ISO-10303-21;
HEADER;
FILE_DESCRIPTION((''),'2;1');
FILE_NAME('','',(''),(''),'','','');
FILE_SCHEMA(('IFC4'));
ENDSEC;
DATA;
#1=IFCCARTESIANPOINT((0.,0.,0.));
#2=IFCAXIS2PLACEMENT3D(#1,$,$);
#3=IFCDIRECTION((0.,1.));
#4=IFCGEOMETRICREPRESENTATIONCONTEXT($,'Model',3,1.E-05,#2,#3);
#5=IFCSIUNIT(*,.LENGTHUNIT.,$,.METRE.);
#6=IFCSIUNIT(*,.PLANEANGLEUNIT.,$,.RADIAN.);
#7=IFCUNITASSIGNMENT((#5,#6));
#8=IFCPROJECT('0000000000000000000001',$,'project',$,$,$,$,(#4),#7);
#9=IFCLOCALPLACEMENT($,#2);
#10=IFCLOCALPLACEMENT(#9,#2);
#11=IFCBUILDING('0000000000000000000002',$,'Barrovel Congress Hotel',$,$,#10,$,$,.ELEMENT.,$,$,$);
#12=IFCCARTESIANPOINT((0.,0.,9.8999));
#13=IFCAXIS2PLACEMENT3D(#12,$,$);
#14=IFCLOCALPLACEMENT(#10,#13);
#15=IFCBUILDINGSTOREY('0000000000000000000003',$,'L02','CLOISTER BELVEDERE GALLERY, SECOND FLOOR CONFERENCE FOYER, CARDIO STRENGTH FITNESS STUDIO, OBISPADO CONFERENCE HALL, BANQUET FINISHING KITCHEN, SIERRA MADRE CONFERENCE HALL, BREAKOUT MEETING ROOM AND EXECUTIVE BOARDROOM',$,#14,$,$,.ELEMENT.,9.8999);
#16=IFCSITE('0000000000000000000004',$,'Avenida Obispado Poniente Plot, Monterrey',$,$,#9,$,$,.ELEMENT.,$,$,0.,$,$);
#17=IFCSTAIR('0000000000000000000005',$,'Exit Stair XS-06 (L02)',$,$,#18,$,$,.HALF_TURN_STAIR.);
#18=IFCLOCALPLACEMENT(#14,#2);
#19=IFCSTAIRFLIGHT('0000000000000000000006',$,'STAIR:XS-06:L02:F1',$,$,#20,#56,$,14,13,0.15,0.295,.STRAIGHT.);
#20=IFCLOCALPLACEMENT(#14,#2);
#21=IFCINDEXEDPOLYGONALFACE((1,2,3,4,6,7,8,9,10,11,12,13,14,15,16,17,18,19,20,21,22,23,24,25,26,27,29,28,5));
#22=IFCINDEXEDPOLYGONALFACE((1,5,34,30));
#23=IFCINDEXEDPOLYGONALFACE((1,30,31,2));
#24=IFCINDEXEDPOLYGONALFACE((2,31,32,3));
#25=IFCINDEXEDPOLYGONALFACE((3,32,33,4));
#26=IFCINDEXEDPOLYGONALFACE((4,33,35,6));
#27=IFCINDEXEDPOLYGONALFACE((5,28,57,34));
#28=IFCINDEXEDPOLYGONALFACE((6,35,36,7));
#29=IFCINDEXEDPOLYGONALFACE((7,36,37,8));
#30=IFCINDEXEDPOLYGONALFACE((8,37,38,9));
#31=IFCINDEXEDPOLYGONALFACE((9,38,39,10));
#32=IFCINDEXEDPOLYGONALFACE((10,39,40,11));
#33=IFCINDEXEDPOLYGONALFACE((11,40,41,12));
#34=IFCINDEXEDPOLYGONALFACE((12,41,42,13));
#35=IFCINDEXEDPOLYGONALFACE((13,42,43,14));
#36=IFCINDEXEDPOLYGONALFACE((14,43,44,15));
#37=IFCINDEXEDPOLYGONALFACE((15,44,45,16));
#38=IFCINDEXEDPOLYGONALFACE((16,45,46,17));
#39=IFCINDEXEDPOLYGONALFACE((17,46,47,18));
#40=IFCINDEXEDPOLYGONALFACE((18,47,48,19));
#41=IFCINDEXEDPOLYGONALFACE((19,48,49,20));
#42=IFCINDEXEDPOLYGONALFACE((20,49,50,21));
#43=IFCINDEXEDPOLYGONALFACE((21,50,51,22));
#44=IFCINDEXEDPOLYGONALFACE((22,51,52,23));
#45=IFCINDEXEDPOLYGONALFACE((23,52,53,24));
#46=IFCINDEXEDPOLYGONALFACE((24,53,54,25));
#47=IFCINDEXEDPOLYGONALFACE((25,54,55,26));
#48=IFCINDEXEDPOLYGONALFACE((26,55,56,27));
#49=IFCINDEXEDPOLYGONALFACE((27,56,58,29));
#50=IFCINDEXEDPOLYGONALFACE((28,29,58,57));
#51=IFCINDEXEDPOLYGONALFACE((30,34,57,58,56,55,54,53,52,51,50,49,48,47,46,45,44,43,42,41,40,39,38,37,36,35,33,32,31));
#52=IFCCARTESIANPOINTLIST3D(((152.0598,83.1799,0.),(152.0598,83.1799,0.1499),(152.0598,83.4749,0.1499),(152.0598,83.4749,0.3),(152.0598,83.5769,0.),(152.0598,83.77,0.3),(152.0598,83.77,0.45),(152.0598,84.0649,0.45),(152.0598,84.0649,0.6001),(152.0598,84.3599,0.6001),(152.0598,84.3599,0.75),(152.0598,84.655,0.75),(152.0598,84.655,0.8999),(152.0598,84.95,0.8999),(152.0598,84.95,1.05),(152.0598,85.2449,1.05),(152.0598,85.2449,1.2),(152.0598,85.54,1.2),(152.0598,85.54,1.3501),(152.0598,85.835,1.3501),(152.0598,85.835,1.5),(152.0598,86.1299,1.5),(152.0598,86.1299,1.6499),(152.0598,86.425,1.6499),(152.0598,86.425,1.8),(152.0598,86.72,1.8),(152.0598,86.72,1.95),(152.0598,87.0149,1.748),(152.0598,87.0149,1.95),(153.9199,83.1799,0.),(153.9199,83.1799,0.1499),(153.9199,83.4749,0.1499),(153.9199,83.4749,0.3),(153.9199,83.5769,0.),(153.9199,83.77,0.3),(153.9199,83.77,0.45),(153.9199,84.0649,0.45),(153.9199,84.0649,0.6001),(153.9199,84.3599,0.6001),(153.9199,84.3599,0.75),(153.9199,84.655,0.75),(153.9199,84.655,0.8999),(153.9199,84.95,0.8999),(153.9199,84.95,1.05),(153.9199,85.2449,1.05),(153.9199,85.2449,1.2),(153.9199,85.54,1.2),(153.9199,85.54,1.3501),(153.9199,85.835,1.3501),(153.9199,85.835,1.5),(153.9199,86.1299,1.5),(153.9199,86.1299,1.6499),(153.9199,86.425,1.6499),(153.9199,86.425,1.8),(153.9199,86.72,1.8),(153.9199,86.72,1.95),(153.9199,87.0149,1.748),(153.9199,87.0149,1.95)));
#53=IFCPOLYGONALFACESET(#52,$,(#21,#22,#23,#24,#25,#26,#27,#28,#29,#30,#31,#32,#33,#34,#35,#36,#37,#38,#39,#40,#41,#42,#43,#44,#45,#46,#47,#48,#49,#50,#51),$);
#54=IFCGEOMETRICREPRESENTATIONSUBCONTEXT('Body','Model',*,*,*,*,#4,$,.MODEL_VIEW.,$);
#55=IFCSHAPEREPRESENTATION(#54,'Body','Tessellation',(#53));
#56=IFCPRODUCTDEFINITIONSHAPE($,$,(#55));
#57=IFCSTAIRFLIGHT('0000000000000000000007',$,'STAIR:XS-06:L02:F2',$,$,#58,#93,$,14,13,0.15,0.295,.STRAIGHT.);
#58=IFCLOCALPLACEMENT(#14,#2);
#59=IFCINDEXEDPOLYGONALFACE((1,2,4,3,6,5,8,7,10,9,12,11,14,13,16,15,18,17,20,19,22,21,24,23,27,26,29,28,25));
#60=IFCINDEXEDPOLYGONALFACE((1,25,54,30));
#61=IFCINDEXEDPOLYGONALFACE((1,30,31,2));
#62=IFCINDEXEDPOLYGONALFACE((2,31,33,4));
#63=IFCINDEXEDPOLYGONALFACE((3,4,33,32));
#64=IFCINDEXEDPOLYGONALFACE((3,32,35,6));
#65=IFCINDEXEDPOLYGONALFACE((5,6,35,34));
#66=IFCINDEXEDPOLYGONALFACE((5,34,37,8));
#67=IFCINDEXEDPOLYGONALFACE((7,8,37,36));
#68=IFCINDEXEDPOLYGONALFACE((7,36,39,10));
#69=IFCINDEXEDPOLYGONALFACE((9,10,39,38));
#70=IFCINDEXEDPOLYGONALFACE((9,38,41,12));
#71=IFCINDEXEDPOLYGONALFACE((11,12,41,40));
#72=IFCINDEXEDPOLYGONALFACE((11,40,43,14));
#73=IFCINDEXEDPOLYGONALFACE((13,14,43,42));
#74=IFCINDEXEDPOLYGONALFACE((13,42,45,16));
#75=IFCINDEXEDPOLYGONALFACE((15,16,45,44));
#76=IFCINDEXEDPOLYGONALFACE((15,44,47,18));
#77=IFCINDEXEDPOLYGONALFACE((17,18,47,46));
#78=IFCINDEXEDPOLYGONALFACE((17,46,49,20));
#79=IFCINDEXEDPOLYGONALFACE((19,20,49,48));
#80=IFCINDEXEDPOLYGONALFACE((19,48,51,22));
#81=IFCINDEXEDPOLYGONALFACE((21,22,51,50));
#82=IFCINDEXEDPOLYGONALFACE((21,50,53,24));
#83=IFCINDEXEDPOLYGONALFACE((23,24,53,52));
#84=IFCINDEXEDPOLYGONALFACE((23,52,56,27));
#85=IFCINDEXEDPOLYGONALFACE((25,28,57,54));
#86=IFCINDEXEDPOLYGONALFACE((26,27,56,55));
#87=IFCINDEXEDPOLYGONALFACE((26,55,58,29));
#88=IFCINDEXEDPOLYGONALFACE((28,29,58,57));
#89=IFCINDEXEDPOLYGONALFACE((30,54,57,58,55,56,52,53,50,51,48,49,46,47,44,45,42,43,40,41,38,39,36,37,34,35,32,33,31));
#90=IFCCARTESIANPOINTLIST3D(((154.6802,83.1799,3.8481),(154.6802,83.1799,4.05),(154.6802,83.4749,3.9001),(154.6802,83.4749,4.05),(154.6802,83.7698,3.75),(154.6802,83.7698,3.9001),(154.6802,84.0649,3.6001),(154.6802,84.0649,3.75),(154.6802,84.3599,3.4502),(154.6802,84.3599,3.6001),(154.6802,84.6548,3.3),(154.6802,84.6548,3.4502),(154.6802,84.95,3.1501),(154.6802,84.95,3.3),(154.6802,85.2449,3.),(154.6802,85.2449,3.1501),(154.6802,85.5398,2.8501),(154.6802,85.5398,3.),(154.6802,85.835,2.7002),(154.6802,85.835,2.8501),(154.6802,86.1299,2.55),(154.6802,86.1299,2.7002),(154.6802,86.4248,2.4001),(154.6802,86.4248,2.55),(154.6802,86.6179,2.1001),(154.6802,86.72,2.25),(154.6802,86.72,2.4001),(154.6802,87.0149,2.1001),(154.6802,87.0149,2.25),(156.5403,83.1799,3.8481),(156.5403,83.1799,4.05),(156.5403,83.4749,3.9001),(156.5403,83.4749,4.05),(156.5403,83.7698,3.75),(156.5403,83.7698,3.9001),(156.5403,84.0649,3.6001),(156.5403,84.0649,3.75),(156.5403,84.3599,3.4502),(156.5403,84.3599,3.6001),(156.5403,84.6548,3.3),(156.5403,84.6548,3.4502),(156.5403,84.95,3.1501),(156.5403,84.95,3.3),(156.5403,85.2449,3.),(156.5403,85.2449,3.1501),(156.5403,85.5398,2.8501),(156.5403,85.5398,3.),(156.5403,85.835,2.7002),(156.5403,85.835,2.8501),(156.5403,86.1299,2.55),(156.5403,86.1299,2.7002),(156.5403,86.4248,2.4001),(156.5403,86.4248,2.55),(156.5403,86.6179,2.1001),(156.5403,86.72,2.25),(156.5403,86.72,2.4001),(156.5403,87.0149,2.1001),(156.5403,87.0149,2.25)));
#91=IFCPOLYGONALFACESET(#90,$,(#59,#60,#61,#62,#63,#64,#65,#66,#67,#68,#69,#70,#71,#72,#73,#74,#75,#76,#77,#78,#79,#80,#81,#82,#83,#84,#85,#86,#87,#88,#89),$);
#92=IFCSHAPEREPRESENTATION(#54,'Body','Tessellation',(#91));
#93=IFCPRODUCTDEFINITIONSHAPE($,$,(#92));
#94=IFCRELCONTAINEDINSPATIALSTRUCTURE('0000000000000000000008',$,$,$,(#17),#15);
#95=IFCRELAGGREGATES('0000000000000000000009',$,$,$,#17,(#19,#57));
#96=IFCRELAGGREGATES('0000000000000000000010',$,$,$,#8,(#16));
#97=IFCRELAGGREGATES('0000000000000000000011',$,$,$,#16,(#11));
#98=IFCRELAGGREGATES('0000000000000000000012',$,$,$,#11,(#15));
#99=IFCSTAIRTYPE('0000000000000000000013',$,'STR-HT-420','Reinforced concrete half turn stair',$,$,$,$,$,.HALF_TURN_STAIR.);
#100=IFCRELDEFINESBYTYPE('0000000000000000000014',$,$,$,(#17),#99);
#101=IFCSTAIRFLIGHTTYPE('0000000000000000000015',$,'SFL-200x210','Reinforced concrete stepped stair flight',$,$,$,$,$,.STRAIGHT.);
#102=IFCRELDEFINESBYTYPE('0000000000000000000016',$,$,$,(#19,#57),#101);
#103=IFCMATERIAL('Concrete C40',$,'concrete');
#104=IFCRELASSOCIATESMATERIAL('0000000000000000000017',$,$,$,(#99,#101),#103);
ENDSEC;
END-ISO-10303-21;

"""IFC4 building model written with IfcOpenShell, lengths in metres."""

from ifc_helpers import new_model, si_unit, direction, frame, origin, place, context, subcontext, project, spatial, polyline, outline, extrude, material, type_object, element, aggregate, save


model = new_model("IFC4")

# Units and contexts
model_context = context("Model", 3, precision=1e-05, world=origin(), true_north=direction((0.0, 1.0)))
body_context = subcontext(model_context, "Body", "Model", "MODEL_VIEW")
ifc_project = project(units=[si_unit("LENGTHUNIT", "METRE"), si_unit("PLANEANGLEUNIT", "RADIAN")], contexts=[model_context])

# Site, building, storey
site_placement = place(None, origin())
site = spatial("IfcSite", under=ifc_project, at=site_placement, Name="Avenida Obispado Poniente Plot, Monterrey", CompositionType="ELEMENT", RefElevation=0.0)
building_placement = place(site_placement, origin())
building = spatial("IfcBuilding", under=site, at=building_placement, Name="Barrovel Congress Hotel", CompositionType="ELEMENT")
storey_placement = place(building_placement, frame((0.0, 0.0, 9.8999)))
storey = spatial("IfcBuildingStorey", under=building, at=storey_placement, Name="L02", Description="CLOISTER BELVEDERE GALLERY, SECOND FLOOR CONFERENCE FOYER, CARDIO STRENGTH FITNESS STUDIO, OBISPADO CONFERENCE HALL, BANQUET FINISHING KITCHEN, SIERRA MADRE CONFERENCE HALL, BREAKOUT MEETING ROOM AND EXECUTIVE BOARDROOM", CompositionType="ELEMENT", Elevation=9.8999)

# Shared definitions
ifc_material_1 = material(Name="Concrete C40", Category="concrete")

# Stair, stair flights
stair_type = type_object("IfcStairType", Name="STR-HT-420", Description="Reinforced concrete half turn stair", PredefinedType="HALF_TURN_STAIR", material=ifc_material_1)
stair_placement = place(storey_placement, origin())
stair = element("IfcStair", 1, at=stair_placement, inside=storey, type_object=stair_type, Name="Exit Stair XS-06 (L02)", PredefinedType="HALF_TURN_STAIR")
stair_flight_type = type_object("IfcStairFlightType", Name="SFL-200x210", Description="Reinforced concrete stepped stair flight", PredefinedType="STRAIGHT", material=ifc_material_1)
stair_flight_1_placement = place(storey_placement, frame((152.99, 83.1799, 0.0), z_axis=(0.0, 0.0, 1.0), x_axis=(0.0, 1.0, 0.0)))
stair_flight_1 = element("IfcStairFlight", 2, at=stair_flight_1_placement, type_object=stair_flight_type, Name="STAIR:XS-06:L02:F1", NumberOfRisers=14, NumberOfTreads=13, PredefinedType="STRAIGHT", RiserHeight=0.15, TreadLength=0.295, context=body_context, shape_type="SweptSolid", body=[
    extrude(outline(polyline([(0.0, 0.0), (0.0, 0.1499), (0.2949, 0.1499), (0.2949, 0.3), (0.5901, 0.3), (0.5901, 0.45), (0.885, 0.45), (0.885, 0.6001), (1.1799, 0.6001), (1.1799, 0.75), (1.4751, 0.75), (1.4751, 0.8999), (1.77, 0.8999), (1.77, 1.05), (2.0649, 1.05), (2.0649, 1.2), (2.3601, 1.2), (2.3601, 1.3501), (2.655, 1.3501), (2.655, 1.5), (2.95, 1.5), (2.95, 1.6499), (3.2451, 1.6499), (3.2451, 1.8), (3.54, 1.8), (3.54, 1.95), (3.835, 1.95), (3.835, 2.1001), (3.835, 1.748), (0.397, 0.0), (0.0, 0.0)])), frame((0.0, 0.9302, 0.0), z_axis=(0.0, -1.0, 0.0), x_axis=(1.0, 0.0, 0.0)), (0.0, 0.0, 1.0), 1.8601),
])
stair_flight_2_placement = place(storey_placement, frame((155.6101, 87.0149, 2.1001), z_axis=(0.0, 0.0, 1.0), x_axis=(0.0, -1.0, 0.0)))
stair_flight_2 = element("IfcStairFlight", 3, at=stair_flight_2_placement, type_object=stair_flight_type, Name="STAIR:XS-06:L02:F2", NumberOfRisers=14, NumberOfTreads=13, PredefinedType="STRAIGHT", RiserHeight=0.15, TreadLength=0.295, context=body_context, shape_type="SweptSolid", body=[
    extrude(outline(polyline([(0.0, 0.0), (0.0, 0.1499), (0.2949, 0.1499), (0.2949, 0.3), (0.5901, 0.3), (0.5901, 0.45), (0.885, 0.45), (0.885, 0.6001), (1.1799, 0.6001), (1.1799, 0.75), (1.4751, 0.75), (1.4751, 0.8999), (1.77, 0.8999), (1.77, 1.05), (2.0649, 1.05), (2.0649, 1.2), (2.3601, 1.2), (2.3601, 1.3501), (2.655, 1.3501), (2.655, 1.5), (2.95, 1.5), (2.95, 1.6499), (3.2451, 1.6499), (3.2451, 1.8), (3.54, 1.8), (3.54, 1.95), (3.835, 1.95), (3.835, 2.1001), (3.835, 1.748), (0.397, 0.0), (0.0, 0.0)])), frame((0.0, 0.9302, 0.0), z_axis=(0.0, -1.0, 0.0), x_axis=(1.0, 0.0, 0.0)), (0.0, 0.0, 1.0), 1.8601),
])
aggregate(stair, [stair_flight_1, stair_flight_2])

save(model, "model.ifc")
